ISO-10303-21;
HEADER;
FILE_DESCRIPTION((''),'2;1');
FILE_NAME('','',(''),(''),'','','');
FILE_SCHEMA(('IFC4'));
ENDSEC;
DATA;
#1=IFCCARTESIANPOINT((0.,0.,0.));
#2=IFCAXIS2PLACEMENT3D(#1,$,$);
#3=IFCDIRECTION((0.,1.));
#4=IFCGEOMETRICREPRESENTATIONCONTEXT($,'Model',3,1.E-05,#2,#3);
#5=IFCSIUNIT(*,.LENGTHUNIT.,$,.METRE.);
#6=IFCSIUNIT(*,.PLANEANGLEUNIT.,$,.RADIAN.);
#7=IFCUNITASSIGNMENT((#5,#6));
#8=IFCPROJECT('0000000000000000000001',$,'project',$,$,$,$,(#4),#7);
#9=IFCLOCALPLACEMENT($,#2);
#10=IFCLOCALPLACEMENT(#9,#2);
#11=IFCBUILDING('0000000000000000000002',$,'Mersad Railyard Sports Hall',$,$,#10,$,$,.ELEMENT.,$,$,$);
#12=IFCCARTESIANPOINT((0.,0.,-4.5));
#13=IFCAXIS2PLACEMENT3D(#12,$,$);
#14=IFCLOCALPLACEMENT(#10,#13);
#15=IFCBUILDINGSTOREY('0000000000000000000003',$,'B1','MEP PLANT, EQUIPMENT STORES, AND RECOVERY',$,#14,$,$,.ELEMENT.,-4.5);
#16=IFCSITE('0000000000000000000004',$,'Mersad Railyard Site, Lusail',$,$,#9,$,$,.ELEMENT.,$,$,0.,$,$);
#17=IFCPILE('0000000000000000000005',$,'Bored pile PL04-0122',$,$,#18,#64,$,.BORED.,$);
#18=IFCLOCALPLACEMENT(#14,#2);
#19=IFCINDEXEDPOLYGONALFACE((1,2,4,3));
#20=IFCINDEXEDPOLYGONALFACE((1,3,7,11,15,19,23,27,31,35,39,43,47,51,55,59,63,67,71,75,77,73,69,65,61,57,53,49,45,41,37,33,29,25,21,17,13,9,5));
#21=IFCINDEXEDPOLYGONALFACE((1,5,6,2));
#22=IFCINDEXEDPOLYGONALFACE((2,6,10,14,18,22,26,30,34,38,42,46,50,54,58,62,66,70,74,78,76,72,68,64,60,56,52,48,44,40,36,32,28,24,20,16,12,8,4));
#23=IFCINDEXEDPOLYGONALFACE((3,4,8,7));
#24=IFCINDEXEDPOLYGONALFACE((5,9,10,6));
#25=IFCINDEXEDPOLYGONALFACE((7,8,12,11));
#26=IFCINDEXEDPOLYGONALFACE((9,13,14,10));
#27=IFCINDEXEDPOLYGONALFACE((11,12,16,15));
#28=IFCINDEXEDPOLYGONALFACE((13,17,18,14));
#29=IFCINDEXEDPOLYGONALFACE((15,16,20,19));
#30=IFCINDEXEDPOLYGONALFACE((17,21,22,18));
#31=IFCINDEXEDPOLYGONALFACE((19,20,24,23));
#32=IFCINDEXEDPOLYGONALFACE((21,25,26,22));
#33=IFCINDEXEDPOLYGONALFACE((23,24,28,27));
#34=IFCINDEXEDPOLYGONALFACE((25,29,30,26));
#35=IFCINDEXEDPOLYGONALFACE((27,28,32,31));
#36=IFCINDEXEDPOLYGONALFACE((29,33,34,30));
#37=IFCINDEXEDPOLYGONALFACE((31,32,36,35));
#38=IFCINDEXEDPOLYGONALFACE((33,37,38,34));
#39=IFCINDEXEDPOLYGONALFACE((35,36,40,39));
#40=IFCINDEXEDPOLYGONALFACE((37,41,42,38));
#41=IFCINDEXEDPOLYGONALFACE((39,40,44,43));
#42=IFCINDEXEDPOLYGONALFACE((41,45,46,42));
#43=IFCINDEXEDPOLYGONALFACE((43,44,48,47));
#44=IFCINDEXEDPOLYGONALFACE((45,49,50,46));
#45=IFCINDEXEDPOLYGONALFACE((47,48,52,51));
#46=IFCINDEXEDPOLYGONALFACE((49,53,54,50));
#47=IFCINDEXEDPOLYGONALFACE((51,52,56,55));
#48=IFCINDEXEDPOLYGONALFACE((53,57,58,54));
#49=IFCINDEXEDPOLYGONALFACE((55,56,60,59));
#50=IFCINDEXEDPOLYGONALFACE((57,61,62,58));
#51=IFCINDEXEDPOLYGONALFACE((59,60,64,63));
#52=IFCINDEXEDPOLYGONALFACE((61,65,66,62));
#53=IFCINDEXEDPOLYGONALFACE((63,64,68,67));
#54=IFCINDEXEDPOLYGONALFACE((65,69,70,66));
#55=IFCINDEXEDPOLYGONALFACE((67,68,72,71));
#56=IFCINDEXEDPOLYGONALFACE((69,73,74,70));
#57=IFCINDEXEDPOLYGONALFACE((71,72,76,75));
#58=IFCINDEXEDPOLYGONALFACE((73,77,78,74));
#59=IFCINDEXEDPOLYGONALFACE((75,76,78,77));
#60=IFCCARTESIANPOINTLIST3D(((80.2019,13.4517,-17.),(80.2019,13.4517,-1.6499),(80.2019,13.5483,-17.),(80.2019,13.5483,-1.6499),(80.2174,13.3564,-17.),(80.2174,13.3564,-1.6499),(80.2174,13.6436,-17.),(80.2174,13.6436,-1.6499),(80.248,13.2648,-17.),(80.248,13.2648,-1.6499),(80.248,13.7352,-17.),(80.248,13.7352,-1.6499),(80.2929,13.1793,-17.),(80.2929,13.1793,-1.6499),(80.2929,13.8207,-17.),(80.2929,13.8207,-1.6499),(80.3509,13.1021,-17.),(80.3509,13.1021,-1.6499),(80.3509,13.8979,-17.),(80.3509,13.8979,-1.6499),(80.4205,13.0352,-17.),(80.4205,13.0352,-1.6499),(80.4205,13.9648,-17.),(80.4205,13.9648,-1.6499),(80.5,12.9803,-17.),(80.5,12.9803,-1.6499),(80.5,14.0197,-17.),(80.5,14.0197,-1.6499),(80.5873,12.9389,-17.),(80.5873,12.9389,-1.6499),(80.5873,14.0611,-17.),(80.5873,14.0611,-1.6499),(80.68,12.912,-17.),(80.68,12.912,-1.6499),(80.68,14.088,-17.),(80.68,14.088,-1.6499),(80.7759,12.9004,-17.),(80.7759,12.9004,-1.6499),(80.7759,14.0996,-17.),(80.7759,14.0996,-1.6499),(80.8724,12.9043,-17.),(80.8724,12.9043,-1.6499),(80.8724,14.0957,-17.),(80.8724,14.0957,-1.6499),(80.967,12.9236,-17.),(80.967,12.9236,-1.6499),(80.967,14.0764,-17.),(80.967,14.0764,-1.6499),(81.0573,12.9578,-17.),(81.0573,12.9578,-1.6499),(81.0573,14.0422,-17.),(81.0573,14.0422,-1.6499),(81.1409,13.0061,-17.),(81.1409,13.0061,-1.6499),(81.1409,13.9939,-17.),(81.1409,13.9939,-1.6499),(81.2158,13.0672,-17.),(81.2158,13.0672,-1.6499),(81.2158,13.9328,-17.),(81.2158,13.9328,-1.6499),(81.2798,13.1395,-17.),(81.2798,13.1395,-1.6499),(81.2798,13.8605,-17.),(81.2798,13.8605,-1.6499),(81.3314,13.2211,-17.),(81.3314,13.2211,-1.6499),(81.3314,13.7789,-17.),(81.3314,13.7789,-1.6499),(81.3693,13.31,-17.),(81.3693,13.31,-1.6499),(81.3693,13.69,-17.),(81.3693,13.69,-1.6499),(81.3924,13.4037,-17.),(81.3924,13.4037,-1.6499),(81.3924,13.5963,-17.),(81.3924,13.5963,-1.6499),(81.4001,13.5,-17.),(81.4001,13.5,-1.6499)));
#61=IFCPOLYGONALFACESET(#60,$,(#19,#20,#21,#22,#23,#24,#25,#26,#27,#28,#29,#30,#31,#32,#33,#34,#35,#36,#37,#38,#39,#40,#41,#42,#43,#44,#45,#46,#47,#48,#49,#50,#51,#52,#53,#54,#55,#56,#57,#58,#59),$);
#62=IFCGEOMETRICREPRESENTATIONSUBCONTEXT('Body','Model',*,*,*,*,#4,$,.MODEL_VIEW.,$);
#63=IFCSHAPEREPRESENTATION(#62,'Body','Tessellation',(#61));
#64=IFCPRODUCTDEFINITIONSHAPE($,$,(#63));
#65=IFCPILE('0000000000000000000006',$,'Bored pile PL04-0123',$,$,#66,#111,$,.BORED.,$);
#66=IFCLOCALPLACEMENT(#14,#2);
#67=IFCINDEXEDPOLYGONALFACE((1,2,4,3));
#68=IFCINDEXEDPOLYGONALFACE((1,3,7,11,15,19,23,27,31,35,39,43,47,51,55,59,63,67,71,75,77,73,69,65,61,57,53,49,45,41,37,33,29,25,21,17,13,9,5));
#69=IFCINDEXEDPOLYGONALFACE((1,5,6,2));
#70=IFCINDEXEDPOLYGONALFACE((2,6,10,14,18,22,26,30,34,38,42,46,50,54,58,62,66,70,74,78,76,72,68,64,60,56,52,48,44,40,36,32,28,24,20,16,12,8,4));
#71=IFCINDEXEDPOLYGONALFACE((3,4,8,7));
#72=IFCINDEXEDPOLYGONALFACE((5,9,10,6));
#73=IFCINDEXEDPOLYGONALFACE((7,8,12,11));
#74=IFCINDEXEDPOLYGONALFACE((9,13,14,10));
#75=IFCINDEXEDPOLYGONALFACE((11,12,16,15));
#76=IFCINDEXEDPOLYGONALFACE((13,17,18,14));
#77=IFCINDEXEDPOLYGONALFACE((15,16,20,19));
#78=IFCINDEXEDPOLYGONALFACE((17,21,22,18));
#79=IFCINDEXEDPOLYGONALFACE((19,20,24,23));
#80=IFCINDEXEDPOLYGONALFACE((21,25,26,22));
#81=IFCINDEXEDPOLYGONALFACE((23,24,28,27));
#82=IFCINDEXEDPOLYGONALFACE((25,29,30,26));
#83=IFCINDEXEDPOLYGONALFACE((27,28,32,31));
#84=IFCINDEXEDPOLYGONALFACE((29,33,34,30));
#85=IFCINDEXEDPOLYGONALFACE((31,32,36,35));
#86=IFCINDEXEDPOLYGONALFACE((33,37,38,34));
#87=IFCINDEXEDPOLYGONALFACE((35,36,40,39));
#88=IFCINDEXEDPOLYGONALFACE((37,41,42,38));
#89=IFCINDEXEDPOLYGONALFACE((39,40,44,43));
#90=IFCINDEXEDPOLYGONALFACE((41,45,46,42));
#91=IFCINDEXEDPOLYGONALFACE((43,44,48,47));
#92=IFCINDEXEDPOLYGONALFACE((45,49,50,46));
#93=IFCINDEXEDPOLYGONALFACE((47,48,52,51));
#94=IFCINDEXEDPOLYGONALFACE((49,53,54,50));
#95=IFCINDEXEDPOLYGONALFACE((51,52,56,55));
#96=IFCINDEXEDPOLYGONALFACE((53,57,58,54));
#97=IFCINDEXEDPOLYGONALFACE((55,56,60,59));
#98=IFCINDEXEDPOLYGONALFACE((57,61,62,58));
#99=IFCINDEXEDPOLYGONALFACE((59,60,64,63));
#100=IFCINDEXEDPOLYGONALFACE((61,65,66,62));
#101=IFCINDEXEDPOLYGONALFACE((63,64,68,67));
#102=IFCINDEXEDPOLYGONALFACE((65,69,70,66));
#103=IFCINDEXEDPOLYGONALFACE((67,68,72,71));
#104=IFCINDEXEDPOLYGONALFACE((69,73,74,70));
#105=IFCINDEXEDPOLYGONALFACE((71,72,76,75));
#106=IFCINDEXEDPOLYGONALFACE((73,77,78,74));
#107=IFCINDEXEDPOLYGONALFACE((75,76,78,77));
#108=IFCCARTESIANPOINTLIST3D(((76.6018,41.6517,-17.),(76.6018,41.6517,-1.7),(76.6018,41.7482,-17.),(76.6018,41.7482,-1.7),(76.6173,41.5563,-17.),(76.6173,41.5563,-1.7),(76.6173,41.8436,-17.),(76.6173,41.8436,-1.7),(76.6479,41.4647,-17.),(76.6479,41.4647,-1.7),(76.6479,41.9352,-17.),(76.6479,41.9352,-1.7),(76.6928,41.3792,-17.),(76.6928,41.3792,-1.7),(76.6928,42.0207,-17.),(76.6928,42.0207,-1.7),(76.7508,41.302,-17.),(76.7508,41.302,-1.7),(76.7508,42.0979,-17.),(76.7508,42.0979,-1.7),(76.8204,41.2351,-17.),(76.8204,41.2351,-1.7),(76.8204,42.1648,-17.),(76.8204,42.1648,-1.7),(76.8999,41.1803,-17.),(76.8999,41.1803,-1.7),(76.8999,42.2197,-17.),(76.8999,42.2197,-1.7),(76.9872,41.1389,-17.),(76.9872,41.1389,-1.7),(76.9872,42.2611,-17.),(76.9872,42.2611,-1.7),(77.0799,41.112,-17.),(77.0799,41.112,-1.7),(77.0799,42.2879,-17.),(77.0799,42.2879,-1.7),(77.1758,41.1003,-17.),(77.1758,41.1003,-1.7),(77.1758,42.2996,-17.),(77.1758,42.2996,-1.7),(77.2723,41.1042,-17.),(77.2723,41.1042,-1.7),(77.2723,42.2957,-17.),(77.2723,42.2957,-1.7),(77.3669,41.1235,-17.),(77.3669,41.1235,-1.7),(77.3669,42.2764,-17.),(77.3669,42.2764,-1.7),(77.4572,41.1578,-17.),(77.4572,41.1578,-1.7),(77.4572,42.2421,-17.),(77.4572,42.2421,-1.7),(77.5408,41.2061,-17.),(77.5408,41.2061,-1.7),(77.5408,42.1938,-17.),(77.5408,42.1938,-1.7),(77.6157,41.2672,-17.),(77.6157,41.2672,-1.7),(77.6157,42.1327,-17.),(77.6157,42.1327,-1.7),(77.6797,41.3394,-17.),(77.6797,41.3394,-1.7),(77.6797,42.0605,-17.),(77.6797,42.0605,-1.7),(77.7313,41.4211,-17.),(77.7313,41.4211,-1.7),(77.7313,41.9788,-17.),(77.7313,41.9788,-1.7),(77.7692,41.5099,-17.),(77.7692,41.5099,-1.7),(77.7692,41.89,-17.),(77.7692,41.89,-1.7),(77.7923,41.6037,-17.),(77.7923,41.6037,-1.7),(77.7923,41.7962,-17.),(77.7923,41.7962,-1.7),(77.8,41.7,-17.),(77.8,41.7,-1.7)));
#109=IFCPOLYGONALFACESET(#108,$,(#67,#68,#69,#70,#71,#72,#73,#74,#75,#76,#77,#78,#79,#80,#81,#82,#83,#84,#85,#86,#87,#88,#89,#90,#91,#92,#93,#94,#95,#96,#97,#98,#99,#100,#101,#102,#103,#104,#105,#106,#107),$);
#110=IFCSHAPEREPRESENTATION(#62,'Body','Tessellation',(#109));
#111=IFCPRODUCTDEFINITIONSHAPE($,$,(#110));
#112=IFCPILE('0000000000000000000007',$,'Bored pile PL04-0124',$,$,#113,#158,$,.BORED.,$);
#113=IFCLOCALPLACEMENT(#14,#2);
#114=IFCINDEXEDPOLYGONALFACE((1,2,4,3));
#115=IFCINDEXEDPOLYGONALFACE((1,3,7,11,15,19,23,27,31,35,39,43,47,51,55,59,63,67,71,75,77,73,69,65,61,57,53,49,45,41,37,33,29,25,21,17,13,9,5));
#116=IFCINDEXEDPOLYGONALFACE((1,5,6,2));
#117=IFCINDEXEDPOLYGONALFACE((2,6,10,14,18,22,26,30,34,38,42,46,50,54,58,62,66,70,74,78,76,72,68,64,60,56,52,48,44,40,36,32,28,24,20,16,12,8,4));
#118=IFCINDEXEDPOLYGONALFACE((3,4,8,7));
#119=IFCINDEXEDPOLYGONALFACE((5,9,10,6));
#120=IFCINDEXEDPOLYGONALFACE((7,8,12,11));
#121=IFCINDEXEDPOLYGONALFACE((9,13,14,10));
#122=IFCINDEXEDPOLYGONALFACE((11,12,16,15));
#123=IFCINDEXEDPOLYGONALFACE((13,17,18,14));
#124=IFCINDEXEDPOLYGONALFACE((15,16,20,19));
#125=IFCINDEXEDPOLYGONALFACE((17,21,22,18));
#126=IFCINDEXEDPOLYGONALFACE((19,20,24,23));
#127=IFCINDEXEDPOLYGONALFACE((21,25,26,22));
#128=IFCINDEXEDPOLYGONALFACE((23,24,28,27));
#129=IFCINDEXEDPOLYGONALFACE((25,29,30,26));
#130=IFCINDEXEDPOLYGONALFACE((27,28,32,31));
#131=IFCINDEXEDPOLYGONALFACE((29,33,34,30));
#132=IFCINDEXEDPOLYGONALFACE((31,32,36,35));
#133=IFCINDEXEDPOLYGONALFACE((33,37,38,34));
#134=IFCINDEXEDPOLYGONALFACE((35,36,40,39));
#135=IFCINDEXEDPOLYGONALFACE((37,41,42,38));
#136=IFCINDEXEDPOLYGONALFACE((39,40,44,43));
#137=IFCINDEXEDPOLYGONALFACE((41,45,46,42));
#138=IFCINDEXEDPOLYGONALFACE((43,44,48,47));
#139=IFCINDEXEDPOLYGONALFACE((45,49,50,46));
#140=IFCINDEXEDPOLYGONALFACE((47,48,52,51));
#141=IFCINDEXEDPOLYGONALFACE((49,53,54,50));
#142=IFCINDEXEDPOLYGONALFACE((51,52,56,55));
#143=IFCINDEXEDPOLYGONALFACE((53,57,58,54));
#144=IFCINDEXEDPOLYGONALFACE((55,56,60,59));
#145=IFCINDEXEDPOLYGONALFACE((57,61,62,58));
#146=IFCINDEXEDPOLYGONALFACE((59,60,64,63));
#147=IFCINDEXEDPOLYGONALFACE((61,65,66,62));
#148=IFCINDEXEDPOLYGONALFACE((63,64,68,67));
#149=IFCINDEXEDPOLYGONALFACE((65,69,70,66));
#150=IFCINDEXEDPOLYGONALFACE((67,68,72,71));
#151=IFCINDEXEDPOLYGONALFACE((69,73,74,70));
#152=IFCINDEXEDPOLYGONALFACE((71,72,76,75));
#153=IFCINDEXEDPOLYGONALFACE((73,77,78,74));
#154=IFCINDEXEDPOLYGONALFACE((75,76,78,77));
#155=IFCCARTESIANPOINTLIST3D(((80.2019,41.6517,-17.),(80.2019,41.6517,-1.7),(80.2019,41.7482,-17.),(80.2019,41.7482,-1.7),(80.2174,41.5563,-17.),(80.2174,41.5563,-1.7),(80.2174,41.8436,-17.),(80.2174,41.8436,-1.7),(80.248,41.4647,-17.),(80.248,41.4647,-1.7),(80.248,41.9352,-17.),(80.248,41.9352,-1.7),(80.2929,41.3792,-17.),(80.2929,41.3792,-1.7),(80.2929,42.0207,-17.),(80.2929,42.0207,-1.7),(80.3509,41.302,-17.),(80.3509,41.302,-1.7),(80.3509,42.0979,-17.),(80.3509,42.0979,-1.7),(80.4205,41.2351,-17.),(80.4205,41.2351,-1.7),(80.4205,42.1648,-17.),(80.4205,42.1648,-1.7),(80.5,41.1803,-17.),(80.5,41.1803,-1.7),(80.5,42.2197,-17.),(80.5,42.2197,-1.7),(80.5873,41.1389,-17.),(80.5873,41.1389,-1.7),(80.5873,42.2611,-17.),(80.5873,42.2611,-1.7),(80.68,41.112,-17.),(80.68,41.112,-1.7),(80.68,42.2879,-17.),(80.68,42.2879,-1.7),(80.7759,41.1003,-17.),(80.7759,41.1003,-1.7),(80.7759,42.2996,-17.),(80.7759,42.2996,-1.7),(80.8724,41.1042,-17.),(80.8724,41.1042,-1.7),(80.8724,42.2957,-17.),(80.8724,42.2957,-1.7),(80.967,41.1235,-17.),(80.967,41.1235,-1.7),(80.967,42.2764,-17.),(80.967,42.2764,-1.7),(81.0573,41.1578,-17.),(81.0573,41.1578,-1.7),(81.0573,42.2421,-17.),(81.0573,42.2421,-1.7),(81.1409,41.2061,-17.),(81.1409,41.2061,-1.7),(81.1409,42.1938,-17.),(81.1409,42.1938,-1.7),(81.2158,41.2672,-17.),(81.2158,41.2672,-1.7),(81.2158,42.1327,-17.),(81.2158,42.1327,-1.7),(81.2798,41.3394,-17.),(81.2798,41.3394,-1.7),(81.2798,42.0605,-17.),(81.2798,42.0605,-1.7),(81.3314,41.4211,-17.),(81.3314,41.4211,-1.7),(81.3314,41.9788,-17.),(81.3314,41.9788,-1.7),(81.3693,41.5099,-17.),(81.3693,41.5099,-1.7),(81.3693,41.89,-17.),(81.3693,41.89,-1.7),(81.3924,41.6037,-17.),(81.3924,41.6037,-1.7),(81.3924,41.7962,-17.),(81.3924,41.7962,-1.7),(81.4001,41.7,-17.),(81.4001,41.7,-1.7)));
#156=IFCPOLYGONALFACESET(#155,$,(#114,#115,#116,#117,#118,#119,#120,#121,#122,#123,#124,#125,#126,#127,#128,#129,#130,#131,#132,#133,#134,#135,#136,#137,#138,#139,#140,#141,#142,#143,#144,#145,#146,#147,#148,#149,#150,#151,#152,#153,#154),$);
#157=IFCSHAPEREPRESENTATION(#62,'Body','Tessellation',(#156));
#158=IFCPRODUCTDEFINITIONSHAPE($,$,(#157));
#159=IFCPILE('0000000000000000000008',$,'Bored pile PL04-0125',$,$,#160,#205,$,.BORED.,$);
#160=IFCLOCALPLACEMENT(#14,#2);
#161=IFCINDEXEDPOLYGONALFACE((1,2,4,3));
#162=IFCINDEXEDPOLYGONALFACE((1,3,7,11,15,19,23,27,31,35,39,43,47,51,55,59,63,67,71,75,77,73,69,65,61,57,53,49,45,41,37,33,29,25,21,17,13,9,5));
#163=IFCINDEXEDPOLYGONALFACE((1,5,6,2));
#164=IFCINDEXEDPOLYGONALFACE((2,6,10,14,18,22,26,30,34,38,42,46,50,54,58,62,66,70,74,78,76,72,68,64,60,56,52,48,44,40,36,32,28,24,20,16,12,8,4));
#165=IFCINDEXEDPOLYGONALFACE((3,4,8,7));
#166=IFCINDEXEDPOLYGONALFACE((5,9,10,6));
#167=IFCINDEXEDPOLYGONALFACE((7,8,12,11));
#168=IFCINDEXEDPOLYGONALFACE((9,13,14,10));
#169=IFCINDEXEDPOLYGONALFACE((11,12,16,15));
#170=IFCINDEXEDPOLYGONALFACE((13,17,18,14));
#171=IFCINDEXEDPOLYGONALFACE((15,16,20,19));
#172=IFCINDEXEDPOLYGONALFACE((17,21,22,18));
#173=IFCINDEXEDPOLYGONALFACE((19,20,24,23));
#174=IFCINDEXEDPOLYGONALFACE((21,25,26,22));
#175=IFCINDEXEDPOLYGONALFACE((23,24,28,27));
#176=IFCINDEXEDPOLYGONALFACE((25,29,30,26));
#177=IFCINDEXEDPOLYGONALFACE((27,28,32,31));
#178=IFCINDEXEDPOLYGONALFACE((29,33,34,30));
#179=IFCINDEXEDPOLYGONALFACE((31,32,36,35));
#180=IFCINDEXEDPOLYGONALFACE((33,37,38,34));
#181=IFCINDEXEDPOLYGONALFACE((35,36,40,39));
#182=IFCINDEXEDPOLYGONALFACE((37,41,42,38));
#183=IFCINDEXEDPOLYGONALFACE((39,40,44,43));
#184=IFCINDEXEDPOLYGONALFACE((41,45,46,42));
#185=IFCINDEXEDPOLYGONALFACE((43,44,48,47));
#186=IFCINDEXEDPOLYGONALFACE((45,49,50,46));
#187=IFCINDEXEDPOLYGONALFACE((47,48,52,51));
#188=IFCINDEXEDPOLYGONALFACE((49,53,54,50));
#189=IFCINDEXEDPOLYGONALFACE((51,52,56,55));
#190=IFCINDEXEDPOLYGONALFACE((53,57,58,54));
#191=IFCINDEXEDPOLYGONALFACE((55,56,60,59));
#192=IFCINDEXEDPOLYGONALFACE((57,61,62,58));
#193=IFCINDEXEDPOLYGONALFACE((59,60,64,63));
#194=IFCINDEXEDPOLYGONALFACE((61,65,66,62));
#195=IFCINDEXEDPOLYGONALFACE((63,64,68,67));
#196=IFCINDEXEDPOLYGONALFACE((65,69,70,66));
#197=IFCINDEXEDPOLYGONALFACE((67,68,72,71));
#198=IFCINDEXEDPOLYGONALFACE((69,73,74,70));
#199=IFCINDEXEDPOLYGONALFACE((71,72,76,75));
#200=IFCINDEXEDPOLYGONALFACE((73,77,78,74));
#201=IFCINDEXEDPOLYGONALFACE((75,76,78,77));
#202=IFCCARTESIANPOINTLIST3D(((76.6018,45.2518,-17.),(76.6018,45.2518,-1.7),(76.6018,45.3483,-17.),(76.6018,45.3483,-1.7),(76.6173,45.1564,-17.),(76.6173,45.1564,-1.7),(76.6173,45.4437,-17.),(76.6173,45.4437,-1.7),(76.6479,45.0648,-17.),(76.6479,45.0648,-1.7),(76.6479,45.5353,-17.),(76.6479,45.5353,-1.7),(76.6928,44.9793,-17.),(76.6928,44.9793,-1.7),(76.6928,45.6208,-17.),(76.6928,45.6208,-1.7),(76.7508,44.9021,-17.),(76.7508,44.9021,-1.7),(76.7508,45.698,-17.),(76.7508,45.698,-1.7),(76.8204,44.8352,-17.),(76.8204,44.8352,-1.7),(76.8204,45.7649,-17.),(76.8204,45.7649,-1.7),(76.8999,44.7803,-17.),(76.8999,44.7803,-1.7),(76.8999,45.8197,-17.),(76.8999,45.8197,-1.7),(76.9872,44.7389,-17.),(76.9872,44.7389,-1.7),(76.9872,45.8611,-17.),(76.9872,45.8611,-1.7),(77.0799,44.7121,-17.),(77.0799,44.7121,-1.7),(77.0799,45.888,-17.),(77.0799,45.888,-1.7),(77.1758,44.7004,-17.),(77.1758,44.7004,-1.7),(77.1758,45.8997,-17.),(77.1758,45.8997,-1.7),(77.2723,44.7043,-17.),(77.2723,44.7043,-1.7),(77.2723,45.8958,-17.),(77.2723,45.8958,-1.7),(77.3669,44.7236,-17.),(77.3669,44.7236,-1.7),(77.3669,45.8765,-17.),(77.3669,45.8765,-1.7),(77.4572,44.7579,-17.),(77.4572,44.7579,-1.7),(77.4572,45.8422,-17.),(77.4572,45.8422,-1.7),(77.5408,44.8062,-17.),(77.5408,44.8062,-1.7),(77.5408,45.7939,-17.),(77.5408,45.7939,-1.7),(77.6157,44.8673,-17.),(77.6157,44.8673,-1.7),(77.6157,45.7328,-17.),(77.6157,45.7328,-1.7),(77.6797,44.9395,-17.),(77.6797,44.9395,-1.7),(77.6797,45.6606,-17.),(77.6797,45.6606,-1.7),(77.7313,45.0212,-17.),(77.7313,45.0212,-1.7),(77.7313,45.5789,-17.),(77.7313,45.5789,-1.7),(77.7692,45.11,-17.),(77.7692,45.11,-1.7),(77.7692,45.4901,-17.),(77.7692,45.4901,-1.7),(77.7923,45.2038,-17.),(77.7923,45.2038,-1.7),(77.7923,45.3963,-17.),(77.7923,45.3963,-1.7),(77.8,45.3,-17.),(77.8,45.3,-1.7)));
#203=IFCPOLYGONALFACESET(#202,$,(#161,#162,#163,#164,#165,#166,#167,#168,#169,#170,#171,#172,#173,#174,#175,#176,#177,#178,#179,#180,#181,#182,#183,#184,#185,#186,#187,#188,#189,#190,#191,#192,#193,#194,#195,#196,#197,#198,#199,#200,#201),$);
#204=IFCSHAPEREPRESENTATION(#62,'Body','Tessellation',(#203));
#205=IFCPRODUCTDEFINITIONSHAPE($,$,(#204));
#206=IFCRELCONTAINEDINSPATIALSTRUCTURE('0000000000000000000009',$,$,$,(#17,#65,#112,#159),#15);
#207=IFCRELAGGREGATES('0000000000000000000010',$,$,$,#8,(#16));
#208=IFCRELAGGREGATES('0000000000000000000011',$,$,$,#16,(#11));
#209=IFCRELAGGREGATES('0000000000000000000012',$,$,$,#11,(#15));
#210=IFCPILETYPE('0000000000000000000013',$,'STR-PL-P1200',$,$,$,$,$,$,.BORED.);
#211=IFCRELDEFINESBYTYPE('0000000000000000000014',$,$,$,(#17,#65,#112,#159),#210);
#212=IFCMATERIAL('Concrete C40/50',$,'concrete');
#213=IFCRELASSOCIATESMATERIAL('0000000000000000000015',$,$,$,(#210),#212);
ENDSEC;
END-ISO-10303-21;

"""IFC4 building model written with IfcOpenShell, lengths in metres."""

from ifc_helpers import new_model, si_unit, direction, frame, origin, origin_2d, place, context, subcontext, project, spatial, circle, extrude, material, material_profile, profile_set, type_object, element, save


model = new_model("IFC4")

# Units and contexts
model_context = context("Model", 3, precision=1e-05, world=origin(), true_north=direction((0.0, 1.0)))
body_context = subcontext(model_context, "Body", "Model", "MODEL_VIEW")
ifc_project = project(units=[si_unit("LENGTHUNIT", "METRE"), si_unit("PLANEANGLEUNIT", "RADIAN")], contexts=[model_context])

# Site, building, storey
site_placement = place(None, origin())
site = spatial("IfcSite", under=ifc_project, at=site_placement, Name="Mersad Railyard Site, Lusail", CompositionType="ELEMENT", RefElevation=0.0)
building_placement = place(site_placement, origin())
building = spatial("IfcBuilding", under=site, at=building_placement, Name="Mersad Railyard Sports Hall", CompositionType="ELEMENT")
storey_placement = place(building_placement, frame((0.0, 0.0, -4.5)))
storey = spatial("IfcBuildingStorey", under=building, at=storey_placement, Name="B1", Description="MEP PLANT, EQUIPMENT STORES, AND RECOVERY", CompositionType="ELEMENT", Elevation=-4.5)

# Shared definitions
ifc_material_1 = material(Name="Concrete C40/50", Category="concrete")

# Piles
ifc_material_profile_1 = material_profile(ifc_material_1, circle(Radius=0.6001, at=origin_2d()), Name="BORED PILE D1200")
ifc_profile_set_1 = profile_set([ifc_material_profile_1], Name="Concrete C40/50")
pile_type_1 = type_object("IfcPileType", Name="STR-PL-P1200", PredefinedType="BORED", material=ifc_profile_set_1)
for number, where, z_axis, x_axis, name in (
    (1, (80.8, 13.5, -1.6499), (0.0, 0.0, -1.0), (1.0, 0.0, 0.0), "Bored pile PL04-0122"),
):
    element("IfcPile", number, at=place(storey_placement, frame(where, z_axis=z_axis, x_axis=x_axis)), inside=storey, type_object=pile_type_1, Name=name, PredefinedType="BORED", context=body_context, shape_type="SweptSolid", body=[
        extrude(circle(Radius=0.6001, at=origin_2d()), origin(), (0.0, 0.0, 1.0), 15.3501),
    ])
for number, where, z_axis, x_axis, name in (
    (2, (77.2, 41.7, -1.7), (0.0, 0.0, -1.0), (1.0, 0.0, 0.0), "Bored pile PL04-0123"),
    (3, (80.8, 41.7, -1.7), (0.0, 0.0, -1.0), (1.0, 0.0, 0.0), "Bored pile PL04-0124"),
    (4, (77.2, 45.3, -1.7), (0.0, 0.0, -1.0), (1.0, 0.0, 0.0), "Bored pile PL04-0125"),
):
    element("IfcPile", number, at=place(storey_placement, frame(where, z_axis=z_axis, x_axis=x_axis)), inside=storey, type_object=pile_type_1, Name=name, PredefinedType="BORED", context=body_context, shape_type="SweptSolid", body=[
        extrude(circle(Radius=0.6001, at=origin_2d()), origin(), (0.0, 0.0, 1.0), 15.3),
    ])

save(model, "model.ifc")
